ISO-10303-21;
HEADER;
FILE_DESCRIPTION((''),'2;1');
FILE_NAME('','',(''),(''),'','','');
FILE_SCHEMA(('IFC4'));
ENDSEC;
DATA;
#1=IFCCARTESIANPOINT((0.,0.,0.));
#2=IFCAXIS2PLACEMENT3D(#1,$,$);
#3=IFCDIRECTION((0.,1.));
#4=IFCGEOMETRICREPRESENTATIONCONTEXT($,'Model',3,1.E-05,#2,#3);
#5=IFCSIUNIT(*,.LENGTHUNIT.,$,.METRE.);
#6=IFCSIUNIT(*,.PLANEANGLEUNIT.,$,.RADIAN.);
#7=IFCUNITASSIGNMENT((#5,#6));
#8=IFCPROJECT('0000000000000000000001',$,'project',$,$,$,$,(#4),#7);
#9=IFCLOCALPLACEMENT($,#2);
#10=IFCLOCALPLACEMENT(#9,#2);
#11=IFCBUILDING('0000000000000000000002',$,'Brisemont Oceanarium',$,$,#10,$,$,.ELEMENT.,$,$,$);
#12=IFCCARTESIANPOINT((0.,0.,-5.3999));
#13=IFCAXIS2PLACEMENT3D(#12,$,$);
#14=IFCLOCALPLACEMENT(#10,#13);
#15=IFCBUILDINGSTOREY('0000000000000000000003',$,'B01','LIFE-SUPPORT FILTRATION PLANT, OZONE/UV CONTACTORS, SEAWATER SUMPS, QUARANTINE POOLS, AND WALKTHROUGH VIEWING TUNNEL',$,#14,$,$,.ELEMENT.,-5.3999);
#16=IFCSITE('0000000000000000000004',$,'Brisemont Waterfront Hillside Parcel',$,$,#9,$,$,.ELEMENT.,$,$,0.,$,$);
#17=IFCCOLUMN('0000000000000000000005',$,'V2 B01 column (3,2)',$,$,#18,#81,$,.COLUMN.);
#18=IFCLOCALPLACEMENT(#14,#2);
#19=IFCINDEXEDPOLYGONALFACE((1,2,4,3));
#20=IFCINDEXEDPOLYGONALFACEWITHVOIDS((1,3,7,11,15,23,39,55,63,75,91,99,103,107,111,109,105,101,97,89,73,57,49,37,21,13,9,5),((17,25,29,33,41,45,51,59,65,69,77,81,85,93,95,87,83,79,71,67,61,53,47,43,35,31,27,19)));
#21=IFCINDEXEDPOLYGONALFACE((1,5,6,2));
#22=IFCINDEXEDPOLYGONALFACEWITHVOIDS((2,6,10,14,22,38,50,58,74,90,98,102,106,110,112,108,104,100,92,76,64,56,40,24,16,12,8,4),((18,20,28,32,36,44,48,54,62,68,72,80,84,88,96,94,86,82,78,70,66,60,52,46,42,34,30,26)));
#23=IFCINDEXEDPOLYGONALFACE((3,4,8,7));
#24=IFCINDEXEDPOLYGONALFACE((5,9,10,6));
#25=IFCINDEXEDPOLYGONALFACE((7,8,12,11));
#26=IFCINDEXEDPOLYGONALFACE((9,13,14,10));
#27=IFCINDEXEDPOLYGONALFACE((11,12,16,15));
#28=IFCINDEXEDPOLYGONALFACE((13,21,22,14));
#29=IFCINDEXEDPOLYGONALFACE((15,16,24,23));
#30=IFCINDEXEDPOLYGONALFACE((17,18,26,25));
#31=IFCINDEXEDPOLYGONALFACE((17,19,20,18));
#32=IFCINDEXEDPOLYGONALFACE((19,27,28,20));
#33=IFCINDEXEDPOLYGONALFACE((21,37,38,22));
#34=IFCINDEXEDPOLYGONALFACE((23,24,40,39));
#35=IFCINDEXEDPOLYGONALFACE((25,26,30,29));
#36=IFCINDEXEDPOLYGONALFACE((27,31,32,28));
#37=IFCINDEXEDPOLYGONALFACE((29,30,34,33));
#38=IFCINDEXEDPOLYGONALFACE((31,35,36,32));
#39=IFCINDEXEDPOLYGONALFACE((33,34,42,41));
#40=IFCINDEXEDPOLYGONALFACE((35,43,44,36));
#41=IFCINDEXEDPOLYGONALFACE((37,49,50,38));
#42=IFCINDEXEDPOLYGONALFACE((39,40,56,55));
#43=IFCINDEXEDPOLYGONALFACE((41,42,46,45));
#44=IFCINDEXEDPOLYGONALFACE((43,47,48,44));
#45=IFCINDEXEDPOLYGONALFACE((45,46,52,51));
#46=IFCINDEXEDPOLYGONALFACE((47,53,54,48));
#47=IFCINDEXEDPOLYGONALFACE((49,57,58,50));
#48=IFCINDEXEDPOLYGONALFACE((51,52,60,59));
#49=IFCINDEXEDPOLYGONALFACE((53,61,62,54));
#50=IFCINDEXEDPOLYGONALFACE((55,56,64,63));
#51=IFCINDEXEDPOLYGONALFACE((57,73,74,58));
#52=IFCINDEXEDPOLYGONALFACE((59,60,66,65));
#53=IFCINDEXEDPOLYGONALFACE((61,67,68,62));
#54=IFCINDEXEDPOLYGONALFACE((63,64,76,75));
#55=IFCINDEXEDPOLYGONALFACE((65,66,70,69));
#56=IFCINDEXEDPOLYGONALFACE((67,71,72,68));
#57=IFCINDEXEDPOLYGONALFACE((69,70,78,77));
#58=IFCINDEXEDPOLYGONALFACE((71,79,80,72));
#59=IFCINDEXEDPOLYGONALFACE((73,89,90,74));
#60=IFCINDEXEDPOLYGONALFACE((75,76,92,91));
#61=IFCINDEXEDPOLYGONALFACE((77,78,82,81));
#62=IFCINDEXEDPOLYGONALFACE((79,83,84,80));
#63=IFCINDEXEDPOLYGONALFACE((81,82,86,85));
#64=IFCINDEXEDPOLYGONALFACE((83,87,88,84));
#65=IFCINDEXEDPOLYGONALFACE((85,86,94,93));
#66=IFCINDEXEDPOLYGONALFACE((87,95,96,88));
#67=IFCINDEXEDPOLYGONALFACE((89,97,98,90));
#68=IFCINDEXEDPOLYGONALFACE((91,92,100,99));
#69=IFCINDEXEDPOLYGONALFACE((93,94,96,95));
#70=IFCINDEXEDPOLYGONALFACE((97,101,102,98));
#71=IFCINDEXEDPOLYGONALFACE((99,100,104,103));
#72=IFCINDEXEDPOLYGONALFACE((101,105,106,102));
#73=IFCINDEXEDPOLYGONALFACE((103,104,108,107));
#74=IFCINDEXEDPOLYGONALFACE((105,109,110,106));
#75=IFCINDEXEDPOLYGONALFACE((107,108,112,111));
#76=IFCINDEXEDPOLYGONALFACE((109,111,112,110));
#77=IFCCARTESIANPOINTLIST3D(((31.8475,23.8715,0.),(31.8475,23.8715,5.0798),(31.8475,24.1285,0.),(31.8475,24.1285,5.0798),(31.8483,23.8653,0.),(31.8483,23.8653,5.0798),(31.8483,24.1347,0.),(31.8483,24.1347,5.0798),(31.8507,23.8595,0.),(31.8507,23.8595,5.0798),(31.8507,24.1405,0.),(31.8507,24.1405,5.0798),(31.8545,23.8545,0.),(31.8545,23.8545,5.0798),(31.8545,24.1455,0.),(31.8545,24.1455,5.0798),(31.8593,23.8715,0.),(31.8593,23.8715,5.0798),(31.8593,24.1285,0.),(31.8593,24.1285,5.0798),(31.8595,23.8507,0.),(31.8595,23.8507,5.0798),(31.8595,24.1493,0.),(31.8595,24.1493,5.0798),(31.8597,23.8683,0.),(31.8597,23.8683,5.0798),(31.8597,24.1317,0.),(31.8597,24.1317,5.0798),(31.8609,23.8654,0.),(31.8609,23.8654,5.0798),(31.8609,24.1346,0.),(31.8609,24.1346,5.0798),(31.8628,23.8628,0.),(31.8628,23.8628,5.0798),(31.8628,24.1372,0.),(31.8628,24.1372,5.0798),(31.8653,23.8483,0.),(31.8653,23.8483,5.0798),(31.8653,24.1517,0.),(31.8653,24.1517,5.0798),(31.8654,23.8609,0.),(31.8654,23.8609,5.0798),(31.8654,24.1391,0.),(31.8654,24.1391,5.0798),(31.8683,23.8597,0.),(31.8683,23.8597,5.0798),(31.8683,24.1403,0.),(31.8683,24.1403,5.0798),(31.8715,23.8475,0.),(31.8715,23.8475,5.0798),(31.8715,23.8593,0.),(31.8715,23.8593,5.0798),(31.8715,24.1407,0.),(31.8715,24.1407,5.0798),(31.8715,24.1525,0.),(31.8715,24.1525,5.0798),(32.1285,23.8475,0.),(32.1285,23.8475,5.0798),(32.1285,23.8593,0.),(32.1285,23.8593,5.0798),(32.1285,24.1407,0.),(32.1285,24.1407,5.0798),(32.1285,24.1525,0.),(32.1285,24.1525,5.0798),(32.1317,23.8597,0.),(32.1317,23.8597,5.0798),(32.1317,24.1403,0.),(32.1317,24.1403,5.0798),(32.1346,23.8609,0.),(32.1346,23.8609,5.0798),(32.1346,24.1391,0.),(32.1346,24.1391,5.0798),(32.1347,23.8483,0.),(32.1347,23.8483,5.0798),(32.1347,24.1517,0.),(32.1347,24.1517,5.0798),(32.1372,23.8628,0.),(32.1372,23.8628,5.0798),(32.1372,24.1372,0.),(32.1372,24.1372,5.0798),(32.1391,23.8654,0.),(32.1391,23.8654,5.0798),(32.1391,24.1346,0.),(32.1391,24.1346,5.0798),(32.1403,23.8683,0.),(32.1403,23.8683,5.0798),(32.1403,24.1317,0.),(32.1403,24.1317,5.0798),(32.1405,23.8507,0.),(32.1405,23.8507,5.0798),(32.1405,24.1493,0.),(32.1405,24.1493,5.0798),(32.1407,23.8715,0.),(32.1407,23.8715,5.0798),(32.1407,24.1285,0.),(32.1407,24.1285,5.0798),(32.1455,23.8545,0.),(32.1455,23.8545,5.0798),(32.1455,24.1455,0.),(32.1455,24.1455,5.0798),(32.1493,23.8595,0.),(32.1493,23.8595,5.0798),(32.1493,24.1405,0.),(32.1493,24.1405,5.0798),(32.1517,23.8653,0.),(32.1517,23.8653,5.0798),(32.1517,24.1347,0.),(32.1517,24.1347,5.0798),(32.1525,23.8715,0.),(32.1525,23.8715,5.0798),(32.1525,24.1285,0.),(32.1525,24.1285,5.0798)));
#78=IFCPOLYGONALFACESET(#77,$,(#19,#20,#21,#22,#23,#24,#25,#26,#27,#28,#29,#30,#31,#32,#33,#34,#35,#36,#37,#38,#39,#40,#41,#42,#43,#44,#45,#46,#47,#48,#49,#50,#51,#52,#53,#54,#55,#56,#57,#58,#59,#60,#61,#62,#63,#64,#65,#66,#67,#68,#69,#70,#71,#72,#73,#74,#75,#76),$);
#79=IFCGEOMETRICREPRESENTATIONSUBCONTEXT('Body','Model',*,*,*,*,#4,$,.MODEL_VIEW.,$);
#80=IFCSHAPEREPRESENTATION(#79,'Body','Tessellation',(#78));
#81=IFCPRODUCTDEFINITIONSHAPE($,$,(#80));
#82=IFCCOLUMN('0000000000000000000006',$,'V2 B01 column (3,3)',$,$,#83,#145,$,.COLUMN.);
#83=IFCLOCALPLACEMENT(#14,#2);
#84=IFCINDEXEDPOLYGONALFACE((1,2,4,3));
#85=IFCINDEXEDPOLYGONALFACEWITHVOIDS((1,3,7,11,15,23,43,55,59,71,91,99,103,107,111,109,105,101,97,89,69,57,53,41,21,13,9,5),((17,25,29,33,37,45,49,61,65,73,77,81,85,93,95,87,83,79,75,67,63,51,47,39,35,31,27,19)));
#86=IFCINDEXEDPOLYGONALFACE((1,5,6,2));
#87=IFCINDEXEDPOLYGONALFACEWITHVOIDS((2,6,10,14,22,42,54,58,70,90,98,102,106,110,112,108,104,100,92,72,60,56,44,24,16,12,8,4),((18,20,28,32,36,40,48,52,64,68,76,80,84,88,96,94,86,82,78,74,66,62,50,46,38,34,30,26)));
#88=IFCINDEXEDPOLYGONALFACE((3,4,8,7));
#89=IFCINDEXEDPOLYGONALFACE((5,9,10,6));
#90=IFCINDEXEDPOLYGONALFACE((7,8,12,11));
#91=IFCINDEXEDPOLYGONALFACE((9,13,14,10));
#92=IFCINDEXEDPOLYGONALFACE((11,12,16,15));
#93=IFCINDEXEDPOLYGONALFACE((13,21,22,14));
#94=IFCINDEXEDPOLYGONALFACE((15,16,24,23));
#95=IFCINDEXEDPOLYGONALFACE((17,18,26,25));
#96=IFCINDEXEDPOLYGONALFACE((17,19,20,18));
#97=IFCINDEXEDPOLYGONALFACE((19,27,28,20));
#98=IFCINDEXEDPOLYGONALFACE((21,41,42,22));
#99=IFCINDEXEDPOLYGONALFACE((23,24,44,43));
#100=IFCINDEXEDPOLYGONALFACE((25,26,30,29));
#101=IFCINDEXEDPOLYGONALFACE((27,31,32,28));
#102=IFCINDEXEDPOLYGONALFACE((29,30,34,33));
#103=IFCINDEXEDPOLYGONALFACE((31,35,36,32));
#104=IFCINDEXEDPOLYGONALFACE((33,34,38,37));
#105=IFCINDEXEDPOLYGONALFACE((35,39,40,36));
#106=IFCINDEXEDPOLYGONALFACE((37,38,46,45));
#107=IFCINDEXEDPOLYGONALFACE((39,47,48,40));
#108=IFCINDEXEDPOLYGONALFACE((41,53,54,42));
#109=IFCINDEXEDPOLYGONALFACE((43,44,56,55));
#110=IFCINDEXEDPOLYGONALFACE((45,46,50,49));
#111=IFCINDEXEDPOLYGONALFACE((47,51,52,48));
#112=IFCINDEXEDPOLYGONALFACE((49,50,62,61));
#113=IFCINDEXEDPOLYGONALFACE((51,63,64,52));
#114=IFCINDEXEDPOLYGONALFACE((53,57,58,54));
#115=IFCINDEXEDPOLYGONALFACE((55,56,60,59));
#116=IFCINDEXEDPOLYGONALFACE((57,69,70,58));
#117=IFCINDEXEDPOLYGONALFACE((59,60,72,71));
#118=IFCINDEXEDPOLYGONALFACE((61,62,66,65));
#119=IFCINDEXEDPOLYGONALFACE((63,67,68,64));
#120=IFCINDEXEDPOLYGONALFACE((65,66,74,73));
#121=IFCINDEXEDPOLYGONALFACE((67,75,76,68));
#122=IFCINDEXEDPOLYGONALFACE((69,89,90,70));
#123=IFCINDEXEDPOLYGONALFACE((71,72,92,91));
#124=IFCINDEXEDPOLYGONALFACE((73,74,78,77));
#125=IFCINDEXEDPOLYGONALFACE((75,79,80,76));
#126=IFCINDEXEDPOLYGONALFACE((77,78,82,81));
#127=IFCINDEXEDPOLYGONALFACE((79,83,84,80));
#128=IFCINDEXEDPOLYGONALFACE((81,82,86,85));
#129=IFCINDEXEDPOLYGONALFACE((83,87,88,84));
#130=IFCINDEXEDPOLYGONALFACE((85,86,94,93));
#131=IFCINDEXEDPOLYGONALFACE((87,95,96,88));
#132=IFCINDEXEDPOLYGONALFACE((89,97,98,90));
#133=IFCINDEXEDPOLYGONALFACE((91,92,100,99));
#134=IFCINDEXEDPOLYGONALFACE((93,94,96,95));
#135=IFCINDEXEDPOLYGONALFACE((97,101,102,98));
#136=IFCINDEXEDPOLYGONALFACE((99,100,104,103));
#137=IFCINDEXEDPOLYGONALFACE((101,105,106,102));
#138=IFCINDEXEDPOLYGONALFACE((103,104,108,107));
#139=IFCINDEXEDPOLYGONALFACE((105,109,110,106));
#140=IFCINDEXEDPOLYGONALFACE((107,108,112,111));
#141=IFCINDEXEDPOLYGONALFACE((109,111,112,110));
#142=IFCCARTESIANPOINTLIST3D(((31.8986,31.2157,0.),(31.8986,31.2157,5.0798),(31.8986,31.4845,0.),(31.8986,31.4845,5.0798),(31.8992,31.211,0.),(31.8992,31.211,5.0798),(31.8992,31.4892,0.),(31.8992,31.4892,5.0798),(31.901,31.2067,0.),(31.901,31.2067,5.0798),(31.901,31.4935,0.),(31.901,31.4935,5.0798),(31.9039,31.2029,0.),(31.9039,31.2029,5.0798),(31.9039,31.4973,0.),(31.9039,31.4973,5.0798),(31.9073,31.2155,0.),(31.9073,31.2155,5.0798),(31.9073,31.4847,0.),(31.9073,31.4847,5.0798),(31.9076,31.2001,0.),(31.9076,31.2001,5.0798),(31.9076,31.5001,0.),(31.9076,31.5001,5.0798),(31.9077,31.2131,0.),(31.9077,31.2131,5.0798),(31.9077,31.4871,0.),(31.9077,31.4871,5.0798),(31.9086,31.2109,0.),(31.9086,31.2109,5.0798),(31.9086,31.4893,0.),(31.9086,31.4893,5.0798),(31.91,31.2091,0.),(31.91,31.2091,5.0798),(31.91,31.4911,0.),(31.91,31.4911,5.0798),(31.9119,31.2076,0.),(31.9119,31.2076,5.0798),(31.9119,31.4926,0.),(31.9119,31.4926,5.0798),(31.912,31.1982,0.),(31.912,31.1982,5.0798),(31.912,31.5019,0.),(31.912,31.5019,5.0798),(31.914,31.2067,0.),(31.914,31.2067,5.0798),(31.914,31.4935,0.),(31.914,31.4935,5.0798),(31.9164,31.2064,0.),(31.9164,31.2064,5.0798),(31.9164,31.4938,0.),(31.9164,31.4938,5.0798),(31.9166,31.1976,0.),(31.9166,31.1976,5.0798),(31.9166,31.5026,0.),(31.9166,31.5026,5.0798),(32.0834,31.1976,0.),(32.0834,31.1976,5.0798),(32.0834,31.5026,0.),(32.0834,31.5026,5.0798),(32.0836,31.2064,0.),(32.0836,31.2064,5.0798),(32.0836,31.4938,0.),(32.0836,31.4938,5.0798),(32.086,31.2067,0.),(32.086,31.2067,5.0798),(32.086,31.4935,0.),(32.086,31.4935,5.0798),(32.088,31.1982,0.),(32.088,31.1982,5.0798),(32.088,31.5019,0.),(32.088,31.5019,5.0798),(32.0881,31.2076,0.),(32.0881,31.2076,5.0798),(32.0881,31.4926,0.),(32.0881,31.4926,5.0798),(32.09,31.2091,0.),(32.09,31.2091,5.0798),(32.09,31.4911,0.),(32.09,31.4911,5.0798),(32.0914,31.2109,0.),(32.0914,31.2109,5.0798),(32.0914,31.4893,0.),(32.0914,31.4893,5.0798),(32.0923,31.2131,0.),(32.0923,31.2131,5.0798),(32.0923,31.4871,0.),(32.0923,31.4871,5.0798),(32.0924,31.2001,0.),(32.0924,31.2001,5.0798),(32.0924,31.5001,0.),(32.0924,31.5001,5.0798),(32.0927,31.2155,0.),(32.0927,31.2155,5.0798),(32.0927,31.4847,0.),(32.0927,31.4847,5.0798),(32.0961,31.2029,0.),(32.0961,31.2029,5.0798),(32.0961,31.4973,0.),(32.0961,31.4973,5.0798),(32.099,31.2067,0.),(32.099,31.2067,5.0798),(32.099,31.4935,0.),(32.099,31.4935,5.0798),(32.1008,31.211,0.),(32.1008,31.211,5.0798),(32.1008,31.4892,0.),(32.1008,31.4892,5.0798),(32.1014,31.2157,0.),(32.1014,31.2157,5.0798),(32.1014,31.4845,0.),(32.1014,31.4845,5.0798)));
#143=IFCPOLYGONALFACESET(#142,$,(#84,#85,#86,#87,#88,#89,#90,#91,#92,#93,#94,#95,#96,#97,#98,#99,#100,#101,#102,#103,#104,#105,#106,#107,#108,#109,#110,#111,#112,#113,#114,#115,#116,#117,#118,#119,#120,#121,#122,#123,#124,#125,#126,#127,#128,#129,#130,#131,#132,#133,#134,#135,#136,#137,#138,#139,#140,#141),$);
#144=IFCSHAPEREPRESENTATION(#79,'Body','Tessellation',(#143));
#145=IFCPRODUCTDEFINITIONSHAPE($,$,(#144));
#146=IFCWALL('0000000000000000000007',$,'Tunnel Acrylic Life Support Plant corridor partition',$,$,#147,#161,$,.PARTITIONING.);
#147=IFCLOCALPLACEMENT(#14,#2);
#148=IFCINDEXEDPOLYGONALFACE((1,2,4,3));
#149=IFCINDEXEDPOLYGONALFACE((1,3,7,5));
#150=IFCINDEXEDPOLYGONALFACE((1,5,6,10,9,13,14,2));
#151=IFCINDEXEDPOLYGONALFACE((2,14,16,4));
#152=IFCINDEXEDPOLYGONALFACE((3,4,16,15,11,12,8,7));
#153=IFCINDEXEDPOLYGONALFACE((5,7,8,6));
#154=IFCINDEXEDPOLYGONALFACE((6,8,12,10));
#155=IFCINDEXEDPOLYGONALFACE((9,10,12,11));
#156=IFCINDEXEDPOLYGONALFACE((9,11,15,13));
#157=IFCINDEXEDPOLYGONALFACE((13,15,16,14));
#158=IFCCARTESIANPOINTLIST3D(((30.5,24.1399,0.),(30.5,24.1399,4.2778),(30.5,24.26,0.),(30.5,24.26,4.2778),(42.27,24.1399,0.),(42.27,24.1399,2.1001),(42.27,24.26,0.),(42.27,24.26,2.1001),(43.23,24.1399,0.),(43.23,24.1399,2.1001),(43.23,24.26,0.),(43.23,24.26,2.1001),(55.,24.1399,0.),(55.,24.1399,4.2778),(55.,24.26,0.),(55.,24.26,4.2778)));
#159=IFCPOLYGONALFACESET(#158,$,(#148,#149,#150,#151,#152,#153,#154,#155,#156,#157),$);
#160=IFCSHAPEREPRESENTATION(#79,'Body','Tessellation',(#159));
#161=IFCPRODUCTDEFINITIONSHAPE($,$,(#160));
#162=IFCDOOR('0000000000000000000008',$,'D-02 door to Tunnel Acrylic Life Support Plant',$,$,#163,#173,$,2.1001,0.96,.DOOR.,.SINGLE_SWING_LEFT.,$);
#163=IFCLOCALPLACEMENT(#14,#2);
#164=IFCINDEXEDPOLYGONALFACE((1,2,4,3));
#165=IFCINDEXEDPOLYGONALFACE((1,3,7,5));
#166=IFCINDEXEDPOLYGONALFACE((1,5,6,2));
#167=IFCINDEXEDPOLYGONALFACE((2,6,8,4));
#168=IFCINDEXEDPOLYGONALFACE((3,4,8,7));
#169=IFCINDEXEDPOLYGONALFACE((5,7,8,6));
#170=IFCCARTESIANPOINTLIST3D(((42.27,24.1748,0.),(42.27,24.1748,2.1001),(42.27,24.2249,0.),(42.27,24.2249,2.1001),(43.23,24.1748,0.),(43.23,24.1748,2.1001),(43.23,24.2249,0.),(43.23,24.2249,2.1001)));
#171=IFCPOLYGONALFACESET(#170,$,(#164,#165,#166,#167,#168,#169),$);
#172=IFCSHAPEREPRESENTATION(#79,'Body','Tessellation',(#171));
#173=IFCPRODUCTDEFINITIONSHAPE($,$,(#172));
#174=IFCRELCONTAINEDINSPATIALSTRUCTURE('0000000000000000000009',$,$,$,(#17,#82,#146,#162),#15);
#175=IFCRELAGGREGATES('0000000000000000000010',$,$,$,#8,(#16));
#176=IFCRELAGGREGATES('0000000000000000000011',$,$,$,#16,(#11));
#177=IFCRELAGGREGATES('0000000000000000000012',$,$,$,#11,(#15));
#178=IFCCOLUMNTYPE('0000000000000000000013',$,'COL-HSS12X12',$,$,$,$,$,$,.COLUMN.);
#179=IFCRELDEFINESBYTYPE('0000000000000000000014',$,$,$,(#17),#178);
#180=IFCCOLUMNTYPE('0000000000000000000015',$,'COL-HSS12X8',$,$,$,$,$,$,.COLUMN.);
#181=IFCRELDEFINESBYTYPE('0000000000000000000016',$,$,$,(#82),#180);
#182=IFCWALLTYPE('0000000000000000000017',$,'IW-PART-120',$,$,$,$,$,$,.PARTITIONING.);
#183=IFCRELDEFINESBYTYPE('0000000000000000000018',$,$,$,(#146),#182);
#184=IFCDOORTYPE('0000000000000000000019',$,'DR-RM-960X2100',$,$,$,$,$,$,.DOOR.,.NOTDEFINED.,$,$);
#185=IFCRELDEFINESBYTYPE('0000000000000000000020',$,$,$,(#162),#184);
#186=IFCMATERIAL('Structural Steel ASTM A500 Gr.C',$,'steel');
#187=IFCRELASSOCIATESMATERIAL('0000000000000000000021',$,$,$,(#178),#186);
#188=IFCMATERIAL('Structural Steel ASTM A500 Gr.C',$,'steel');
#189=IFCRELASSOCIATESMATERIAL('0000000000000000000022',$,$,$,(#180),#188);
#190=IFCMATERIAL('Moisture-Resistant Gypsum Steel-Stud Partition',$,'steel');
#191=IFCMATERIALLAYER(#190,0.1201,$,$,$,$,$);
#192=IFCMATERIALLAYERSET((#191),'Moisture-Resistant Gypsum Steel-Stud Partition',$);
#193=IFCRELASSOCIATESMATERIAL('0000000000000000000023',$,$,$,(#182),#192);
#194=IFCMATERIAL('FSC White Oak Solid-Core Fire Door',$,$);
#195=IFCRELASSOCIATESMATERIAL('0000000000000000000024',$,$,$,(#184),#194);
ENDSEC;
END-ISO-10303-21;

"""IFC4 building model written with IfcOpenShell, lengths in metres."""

from ifc_helpers import new_model, si_unit, direction, frame, frame_2d, origin, origin_2d, place, context, subcontext, project, spatial, rectangle, hollow_rectangle, extrude, material, layer, layer_set, material_profile, profile_set, type_object, element, fill, save


model = new_model("IFC4")

# Units and contexts
model_context = context("Model", 3, precision=1e-05, world=origin(), true_north=direction((0.0, 1.0)))
body_context = subcontext(model_context, "Body", "Model", "MODEL_VIEW")
ifc_project = project(units=[si_unit("LENGTHUNIT", "METRE"), si_unit("PLANEANGLEUNIT", "RADIAN")], contexts=[model_context])

# Site, building, storey
site_placement = place(None, origin())
site = spatial("IfcSite", under=ifc_project, at=site_placement, Name="Brisemont Waterfront Hillside Parcel", CompositionType="ELEMENT", RefElevation=0.0)
building_placement = place(site_placement, origin())
building = spatial("IfcBuilding", under=site, at=building_placement, Name="Brisemont Oceanarium", CompositionType="ELEMENT")
storey_placement = place(building_placement, frame((0.0, 0.0, -5.3999)))
storey = spatial("IfcBuildingStorey", under=building, at=storey_placement, Name="B01", Description="LIFE-SUPPORT FILTRATION PLANT, OZONE/UV CONTACTORS, SEAWATER SUMPS, QUARANTINE POOLS, AND WALKTHROUGH VIEWING TUNNEL", CompositionType="ELEMENT", Elevation=-5.3999)

# Columns
ifc_material_1 = material(Name="Structural Steel ASTM A500 Gr.C", Category="steel")
ifc_material_profile_1 = material_profile(ifc_material_1, hollow_rectangle(XDim=0.3049, YDim=0.3049, WallThickness=0.0117, InnerFilletRadius=0.0122, OuterFilletRadius=0.0239, at=origin_2d()), Name="HSS12X12X1/2")
ifc_profile_set_1 = profile_set([ifc_material_profile_1], Name="Structural Steel ASTM A500 Gr.C")
column_type_1 = type_object("IfcColumnType", Name="COL-HSS12X12", PredefinedType="COLUMN", material=ifc_profile_set_1)
column_1_placement = place(storey_placement, frame((32.0, 24.0, 0.0), z_axis=(0.0, 0.0, 1.0), x_axis=(0.0, 1.0, 0.0)))
element("IfcColumn", 1, at=column_1_placement, inside=storey, type_object=column_type_1, Name="V2 B01 column (3,2)", PredefinedType="COLUMN", context=body_context, shape_type="SweptSolid", body=[
    extrude(hollow_rectangle(XDim=0.3049, YDim=0.3049, WallThickness=0.0117, InnerFilletRadius=0.0122, OuterFilletRadius=0.0239, at=origin_2d()), origin(), (0.0, 0.0, 1.0), 5.0798),
])
ifc_material_2 = material(Name="Structural Steel ASTM A500 Gr.C", Category="steel")
ifc_material_profile_2 = material_profile(ifc_material_2, hollow_rectangle(XDim=0.2029, YDim=0.3049, WallThickness=0.0088, InnerFilletRadius=0.009, OuterFilletRadius=0.0181, at=origin_2d()), Name="HSS12X8X3/8")
ifc_profile_set_2 = profile_set([ifc_material_profile_2], Name="Structural Steel ASTM A500 Gr.C")
column_type_2 = type_object("IfcColumnType", Name="COL-HSS12X8", PredefinedType="COLUMN", material=ifc_profile_set_2)
column_2_placement = place(storey_placement, frame((32.0, 31.3501, 0.0), z_axis=(0.0, 0.0, 1.0), x_axis=(1.0, 0.0, 0.0)))
element("IfcColumn", 2, at=column_2_placement, inside=storey, type_object=column_type_2, Name="V2 B01 column (3,3)", PredefinedType="COLUMN", context=body_context, shape_type="SweptSolid", body=[
    extrude(hollow_rectangle(XDim=0.2029, YDim=0.3049, WallThickness=0.0088, InnerFilletRadius=0.009, OuterFilletRadius=0.0181, at=origin_2d()), origin(), (0.0, 0.0, 1.0), 5.0798),
])

# Wall, opening, door
ifc_material_3 = material(Name="Moisture-Resistant Gypsum Steel-Stud Partition", Category="steel")
ifc_layer = layer(ifc_material_3, 0.1201)
ifc_layer_set = layer_set([ifc_layer], Name="Moisture-Resistant Gypsum Steel-Stud Partition")
wall_type = type_object("IfcWallType", Name="IW-PART-120", PredefinedType="PARTITIONING", material=ifc_layer_set)
wall_placement = place(storey_placement, frame((30.5, 24.2, 0.0), z_axis=(0.0, 0.0, 1.0), x_axis=(1.0, 0.0, 0.0)))
wall = element("IfcWall", 3, at=wall_placement, inside=storey, type_object=wall_type, Name="Tunnel Acrylic Life Support Plant corridor partition", PredefinedType="PARTITIONING", context=body_context, shape_type="SweptSolid", body=[
    extrude(rectangle(XDim=24.5, YDim=0.1201, at=frame_2d((12.25, 0.0))), origin(), (0.0, 0.0, 1.0), 4.2778),
])
opening_placement = place(wall_placement, frame((11.77, 0.0, 0.0)))
opening = element("IfcOpeningElement", 4, at=opening_placement, cuts=wall, PredefinedType="OPENING", context=body_context, shape_type="SweptSolid", body=[
    extrude(rectangle(XDim=0.96, YDim=2.1001, at=frame_2d((0.48, 1.05))), frame((0.0, 0.0701, 0.0), z_axis=(0.0, -1.0, 0.0), x_axis=(1.0, 0.0, 0.0)), (0.0, 0.0, 1.0), 0.1401),
])
ifc_material_4 = material(Name="FSC White Oak Solid-Core Fire Door")
door_type = type_object("IfcDoorType", Name="DR-RM-960X2100", OperationType="NOTDEFINED", PredefinedType="DOOR", material=ifc_material_4)
door_placement = place(opening_placement, origin())
door = element("IfcDoor", 5, at=door_placement, inside=storey, type_object=door_type, Name="D-02 door to Tunnel Acrylic Life Support Plant", OperationType="SINGLE_SWING_LEFT", OverallHeight=2.1001, OverallWidth=0.96, PredefinedType="DOOR", context=body_context, shape_type="SweptSolid", body=[
    extrude(rectangle(XDim=0.96, YDim=2.1001, at=frame_2d((0.48, 1.05))), frame((0.0, 0.0249, 0.0), z_axis=(0.0, -1.0, 0.0), x_axis=(1.0, 0.0, 0.0)), (0.0, 0.0, 1.0), 0.05),
])
fill(opening, door)

save(model, "model.ifc")
